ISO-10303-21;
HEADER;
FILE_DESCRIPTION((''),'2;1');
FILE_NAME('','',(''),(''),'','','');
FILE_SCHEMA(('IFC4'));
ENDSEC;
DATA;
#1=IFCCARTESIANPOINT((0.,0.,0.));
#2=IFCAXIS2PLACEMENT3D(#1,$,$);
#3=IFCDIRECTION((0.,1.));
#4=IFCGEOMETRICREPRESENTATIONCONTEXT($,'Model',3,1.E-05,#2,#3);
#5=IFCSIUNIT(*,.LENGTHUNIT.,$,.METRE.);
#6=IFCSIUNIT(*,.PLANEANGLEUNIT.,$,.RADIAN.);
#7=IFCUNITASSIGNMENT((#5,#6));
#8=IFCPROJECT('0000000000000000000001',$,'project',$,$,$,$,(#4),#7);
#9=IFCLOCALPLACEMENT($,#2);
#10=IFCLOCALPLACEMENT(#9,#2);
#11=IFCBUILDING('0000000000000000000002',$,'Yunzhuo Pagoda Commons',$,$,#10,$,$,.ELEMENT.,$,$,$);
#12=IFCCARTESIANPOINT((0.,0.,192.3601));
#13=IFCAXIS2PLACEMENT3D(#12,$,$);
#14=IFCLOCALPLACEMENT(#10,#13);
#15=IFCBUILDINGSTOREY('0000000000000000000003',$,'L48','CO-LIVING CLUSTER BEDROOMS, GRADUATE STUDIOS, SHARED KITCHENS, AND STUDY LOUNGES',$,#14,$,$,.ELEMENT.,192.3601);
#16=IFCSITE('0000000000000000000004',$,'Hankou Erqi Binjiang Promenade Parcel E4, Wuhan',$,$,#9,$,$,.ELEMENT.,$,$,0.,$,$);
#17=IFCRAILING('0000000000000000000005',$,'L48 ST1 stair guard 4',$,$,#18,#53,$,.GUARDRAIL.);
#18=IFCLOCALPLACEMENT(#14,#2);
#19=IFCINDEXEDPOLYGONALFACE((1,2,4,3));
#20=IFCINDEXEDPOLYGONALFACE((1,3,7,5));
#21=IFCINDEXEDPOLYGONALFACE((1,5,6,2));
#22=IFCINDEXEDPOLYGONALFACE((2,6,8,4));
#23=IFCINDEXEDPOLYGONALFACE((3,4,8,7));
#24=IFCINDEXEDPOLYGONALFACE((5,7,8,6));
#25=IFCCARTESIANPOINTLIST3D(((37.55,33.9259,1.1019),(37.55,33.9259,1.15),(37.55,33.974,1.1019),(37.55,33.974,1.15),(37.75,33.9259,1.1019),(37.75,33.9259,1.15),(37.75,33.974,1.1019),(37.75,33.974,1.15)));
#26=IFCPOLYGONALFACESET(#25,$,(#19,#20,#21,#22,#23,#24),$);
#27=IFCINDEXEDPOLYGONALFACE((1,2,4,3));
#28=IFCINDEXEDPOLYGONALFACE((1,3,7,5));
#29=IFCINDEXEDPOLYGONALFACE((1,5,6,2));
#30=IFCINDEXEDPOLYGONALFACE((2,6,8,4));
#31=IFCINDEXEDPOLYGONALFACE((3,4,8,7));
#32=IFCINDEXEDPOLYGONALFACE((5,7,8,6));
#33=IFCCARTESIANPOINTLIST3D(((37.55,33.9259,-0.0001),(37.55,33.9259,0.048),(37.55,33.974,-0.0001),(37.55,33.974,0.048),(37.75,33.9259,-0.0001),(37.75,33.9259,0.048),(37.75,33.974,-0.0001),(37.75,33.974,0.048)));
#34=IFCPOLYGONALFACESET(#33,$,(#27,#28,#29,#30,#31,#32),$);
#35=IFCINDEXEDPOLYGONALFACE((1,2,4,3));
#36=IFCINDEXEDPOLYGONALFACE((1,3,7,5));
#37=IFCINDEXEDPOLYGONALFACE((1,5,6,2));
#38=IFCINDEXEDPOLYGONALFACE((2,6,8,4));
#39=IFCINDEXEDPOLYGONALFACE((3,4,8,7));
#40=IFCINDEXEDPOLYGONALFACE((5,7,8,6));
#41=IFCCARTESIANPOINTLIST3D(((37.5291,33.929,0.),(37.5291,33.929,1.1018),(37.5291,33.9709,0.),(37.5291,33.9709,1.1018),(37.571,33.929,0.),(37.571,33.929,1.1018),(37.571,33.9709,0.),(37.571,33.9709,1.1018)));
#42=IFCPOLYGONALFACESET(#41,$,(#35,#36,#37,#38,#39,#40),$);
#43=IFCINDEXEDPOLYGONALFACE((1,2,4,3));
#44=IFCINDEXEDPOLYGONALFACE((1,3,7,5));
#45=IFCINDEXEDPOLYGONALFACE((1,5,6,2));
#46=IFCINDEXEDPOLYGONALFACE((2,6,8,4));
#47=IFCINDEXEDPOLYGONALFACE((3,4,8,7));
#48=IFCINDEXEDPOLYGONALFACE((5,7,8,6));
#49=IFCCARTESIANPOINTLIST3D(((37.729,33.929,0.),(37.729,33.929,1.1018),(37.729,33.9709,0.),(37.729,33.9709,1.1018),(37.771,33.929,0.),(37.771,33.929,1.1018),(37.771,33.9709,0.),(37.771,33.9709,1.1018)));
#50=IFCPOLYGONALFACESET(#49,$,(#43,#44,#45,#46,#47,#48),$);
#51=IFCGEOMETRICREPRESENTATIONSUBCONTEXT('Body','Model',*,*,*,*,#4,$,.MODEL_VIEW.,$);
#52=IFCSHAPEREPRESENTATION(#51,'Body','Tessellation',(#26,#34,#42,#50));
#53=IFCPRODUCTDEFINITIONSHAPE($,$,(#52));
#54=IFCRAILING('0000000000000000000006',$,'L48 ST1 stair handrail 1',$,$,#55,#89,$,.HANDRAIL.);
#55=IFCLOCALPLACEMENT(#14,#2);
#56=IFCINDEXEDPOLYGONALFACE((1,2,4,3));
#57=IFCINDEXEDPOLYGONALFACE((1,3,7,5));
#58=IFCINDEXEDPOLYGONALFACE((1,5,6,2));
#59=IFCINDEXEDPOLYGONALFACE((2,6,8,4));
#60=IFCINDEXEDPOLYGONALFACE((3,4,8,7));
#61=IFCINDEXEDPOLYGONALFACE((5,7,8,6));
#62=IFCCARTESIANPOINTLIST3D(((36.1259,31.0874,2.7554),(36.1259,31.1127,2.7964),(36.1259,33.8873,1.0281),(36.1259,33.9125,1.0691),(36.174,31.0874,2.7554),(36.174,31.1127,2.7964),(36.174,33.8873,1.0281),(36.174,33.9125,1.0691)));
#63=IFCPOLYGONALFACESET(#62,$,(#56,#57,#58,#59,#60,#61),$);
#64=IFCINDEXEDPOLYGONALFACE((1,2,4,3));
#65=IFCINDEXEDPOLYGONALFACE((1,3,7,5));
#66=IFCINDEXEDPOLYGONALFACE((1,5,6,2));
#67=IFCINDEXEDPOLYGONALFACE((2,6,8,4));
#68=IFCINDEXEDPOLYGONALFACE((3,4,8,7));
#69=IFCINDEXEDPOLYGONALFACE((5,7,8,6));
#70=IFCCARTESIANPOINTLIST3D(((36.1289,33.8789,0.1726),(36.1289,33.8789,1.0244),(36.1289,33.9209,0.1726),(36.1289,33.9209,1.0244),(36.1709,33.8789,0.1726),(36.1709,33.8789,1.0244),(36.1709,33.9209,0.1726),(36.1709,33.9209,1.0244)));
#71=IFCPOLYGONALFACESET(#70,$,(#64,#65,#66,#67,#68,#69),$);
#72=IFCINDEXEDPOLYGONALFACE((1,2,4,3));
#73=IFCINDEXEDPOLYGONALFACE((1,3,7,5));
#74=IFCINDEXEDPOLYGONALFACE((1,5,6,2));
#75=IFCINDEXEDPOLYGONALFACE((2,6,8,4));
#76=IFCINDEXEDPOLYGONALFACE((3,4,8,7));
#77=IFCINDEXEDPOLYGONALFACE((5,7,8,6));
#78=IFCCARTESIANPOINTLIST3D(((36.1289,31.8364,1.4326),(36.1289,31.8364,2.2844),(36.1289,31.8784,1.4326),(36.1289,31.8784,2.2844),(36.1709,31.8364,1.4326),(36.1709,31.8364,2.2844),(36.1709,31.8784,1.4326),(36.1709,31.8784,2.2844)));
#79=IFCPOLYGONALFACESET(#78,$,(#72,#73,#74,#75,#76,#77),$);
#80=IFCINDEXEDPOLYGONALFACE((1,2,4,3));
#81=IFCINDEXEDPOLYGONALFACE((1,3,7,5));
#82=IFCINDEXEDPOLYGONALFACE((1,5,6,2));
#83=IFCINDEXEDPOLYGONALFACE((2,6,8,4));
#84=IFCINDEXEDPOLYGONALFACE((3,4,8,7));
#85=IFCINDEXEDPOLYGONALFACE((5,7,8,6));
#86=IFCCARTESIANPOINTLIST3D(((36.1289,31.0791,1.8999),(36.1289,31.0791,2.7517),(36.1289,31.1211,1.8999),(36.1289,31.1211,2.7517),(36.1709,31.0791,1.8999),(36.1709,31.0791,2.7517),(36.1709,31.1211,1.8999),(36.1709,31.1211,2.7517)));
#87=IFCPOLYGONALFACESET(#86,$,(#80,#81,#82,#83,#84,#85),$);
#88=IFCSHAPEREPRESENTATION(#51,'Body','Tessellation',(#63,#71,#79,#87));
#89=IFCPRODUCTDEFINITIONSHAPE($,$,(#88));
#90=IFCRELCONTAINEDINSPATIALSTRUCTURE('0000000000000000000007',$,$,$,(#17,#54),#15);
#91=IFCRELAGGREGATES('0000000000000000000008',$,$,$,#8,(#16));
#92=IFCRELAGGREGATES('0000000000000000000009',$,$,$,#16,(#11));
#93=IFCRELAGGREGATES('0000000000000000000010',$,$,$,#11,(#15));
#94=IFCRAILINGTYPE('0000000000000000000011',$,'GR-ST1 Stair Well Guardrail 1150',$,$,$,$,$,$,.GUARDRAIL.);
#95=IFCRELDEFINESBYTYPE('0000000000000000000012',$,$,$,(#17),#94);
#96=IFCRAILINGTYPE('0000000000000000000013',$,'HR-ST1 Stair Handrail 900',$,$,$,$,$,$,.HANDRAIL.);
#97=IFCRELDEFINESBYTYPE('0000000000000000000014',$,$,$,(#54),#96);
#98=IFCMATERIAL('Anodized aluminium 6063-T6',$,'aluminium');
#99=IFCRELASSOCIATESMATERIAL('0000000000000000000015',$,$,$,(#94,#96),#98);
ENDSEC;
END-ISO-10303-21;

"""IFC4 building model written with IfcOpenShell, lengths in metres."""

from ifc_helpers import new_model, si_unit, direction, frame, origin, origin_2d, place, context, subcontext, project, spatial, rectangle, extrude, material, type_object, element, save


model = new_model("IFC4")

# Units and contexts
model_context = context("Model", 3, precision=1e-05, world=origin(), true_north=direction((0.0, 1.0)))
body_context = subcontext(model_context, "Body", "Model", "MODEL_VIEW")
ifc_project = project(units=[si_unit("LENGTHUNIT", "METRE"), si_unit("PLANEANGLEUNIT", "RADIAN")], contexts=[model_context])

# Site, building, storey
site_placement = place(None, origin())
site = spatial("IfcSite", under=ifc_project, at=site_placement, Name="Hankou Erqi Binjiang Promenade Parcel E4, Wuhan", CompositionType="ELEMENT", RefElevation=0.0)
building_placement = place(site_placement, origin())
building = spatial("IfcBuilding", under=site, at=building_placement, Name="Yunzhuo Pagoda Commons", CompositionType="ELEMENT")
storey_placement = place(building_placement, frame((0.0, 0.0, 192.3601)))
storey = spatial("IfcBuildingStorey", under=building, at=storey_placement, Name="L48", Description="CO-LIVING CLUSTER BEDROOMS, GRADUATE STUDIOS, SHARED KITCHENS, AND STUDY LOUNGES", CompositionType="ELEMENT", Elevation=192.3601)

# Railings
ifc_material_1 = material(Name="Anodized aluminium 6063-T6", Category="aluminium")
railing_type_1 = type_object("IfcRailingType", Name="GR-ST1 Stair Well Guardrail 1150", PredefinedType="GUARDRAIL", material=ifc_material_1)
railing_1_placement = place(storey_placement, frame((37.55, 33.95, 0.0)))
element("IfcRailing", 1, at=railing_1_placement, inside=storey, type_object=railing_type_1, Name="L48 ST1 stair guard 4", PredefinedType="GUARDRAIL", context=body_context, shape_type="SweptSolid", body=[
    extrude(rectangle(XDim=0.0481, YDim=0.0481, at=origin_2d()), frame((0.0, 0.0, 1.126), z_axis=(1.0, 0.0, 0.0), x_axis=(0.0, 1.0, 0.0)), (0.0, 0.0, 1.0), 0.2),
    extrude(rectangle(XDim=0.0481, YDim=0.0481, at=origin_2d()), frame((0.0, 0.0, 0.0239), z_axis=(1.0, 0.0, 0.0), x_axis=(0.0, 1.0, 0.0)), (0.0, 0.0, 1.0), 0.2),
    extrude(rectangle(XDim=0.042, YDim=0.042, at=origin_2d()), origin(), (0.0, 0.0, 1.0), 1.1018),
    extrude(rectangle(XDim=0.042, YDim=0.042, at=origin_2d()), frame((0.2, 0.0, 0.0)), (0.0, 0.0, 1.0), 1.1018),
])
railing_type_2 = type_object("IfcRailingType", Name="HR-ST1 Stair Handrail 900", PredefinedType="HANDRAIL", material=ifc_material_1)
railing_2_placement = place(storey_placement, frame((36.1499, 33.8999, 0.1726)))
element("IfcRailing", 2, at=railing_2_placement, inside=storey, type_object=railing_type_2, Name="L48 ST1 stair handrail 1", PredefinedType="HANDRAIL", context=body_context, shape_type="SweptSolid", body=[
    extrude(rectangle(XDim=0.0481, YDim=0.0481, at=origin_2d()), frame((0.0, 0.0, 0.876), z_axis=(0.0, -0.851069, 0.525054), x_axis=(1.0, 0.0, 0.0)), (0.0, 0.0, 1.0), 3.2898),
    extrude(rectangle(XDim=0.042, YDim=0.042, at=origin_2d()), origin(), (0.0, 0.0, 1.0), 0.8518),
    extrude(rectangle(XDim=0.042, YDim=0.042, at=origin_2d()), frame((0.0, -2.0425, 1.26)), (0.0, 0.0, 1.0), 0.8518),
    extrude(rectangle(XDim=0.042, YDim=0.042, at=origin_2d()), frame((0.0, -2.7998, 1.7273)), (0.0, 0.0, 1.0), 0.8518),
])

save(model, "model.ifc")
